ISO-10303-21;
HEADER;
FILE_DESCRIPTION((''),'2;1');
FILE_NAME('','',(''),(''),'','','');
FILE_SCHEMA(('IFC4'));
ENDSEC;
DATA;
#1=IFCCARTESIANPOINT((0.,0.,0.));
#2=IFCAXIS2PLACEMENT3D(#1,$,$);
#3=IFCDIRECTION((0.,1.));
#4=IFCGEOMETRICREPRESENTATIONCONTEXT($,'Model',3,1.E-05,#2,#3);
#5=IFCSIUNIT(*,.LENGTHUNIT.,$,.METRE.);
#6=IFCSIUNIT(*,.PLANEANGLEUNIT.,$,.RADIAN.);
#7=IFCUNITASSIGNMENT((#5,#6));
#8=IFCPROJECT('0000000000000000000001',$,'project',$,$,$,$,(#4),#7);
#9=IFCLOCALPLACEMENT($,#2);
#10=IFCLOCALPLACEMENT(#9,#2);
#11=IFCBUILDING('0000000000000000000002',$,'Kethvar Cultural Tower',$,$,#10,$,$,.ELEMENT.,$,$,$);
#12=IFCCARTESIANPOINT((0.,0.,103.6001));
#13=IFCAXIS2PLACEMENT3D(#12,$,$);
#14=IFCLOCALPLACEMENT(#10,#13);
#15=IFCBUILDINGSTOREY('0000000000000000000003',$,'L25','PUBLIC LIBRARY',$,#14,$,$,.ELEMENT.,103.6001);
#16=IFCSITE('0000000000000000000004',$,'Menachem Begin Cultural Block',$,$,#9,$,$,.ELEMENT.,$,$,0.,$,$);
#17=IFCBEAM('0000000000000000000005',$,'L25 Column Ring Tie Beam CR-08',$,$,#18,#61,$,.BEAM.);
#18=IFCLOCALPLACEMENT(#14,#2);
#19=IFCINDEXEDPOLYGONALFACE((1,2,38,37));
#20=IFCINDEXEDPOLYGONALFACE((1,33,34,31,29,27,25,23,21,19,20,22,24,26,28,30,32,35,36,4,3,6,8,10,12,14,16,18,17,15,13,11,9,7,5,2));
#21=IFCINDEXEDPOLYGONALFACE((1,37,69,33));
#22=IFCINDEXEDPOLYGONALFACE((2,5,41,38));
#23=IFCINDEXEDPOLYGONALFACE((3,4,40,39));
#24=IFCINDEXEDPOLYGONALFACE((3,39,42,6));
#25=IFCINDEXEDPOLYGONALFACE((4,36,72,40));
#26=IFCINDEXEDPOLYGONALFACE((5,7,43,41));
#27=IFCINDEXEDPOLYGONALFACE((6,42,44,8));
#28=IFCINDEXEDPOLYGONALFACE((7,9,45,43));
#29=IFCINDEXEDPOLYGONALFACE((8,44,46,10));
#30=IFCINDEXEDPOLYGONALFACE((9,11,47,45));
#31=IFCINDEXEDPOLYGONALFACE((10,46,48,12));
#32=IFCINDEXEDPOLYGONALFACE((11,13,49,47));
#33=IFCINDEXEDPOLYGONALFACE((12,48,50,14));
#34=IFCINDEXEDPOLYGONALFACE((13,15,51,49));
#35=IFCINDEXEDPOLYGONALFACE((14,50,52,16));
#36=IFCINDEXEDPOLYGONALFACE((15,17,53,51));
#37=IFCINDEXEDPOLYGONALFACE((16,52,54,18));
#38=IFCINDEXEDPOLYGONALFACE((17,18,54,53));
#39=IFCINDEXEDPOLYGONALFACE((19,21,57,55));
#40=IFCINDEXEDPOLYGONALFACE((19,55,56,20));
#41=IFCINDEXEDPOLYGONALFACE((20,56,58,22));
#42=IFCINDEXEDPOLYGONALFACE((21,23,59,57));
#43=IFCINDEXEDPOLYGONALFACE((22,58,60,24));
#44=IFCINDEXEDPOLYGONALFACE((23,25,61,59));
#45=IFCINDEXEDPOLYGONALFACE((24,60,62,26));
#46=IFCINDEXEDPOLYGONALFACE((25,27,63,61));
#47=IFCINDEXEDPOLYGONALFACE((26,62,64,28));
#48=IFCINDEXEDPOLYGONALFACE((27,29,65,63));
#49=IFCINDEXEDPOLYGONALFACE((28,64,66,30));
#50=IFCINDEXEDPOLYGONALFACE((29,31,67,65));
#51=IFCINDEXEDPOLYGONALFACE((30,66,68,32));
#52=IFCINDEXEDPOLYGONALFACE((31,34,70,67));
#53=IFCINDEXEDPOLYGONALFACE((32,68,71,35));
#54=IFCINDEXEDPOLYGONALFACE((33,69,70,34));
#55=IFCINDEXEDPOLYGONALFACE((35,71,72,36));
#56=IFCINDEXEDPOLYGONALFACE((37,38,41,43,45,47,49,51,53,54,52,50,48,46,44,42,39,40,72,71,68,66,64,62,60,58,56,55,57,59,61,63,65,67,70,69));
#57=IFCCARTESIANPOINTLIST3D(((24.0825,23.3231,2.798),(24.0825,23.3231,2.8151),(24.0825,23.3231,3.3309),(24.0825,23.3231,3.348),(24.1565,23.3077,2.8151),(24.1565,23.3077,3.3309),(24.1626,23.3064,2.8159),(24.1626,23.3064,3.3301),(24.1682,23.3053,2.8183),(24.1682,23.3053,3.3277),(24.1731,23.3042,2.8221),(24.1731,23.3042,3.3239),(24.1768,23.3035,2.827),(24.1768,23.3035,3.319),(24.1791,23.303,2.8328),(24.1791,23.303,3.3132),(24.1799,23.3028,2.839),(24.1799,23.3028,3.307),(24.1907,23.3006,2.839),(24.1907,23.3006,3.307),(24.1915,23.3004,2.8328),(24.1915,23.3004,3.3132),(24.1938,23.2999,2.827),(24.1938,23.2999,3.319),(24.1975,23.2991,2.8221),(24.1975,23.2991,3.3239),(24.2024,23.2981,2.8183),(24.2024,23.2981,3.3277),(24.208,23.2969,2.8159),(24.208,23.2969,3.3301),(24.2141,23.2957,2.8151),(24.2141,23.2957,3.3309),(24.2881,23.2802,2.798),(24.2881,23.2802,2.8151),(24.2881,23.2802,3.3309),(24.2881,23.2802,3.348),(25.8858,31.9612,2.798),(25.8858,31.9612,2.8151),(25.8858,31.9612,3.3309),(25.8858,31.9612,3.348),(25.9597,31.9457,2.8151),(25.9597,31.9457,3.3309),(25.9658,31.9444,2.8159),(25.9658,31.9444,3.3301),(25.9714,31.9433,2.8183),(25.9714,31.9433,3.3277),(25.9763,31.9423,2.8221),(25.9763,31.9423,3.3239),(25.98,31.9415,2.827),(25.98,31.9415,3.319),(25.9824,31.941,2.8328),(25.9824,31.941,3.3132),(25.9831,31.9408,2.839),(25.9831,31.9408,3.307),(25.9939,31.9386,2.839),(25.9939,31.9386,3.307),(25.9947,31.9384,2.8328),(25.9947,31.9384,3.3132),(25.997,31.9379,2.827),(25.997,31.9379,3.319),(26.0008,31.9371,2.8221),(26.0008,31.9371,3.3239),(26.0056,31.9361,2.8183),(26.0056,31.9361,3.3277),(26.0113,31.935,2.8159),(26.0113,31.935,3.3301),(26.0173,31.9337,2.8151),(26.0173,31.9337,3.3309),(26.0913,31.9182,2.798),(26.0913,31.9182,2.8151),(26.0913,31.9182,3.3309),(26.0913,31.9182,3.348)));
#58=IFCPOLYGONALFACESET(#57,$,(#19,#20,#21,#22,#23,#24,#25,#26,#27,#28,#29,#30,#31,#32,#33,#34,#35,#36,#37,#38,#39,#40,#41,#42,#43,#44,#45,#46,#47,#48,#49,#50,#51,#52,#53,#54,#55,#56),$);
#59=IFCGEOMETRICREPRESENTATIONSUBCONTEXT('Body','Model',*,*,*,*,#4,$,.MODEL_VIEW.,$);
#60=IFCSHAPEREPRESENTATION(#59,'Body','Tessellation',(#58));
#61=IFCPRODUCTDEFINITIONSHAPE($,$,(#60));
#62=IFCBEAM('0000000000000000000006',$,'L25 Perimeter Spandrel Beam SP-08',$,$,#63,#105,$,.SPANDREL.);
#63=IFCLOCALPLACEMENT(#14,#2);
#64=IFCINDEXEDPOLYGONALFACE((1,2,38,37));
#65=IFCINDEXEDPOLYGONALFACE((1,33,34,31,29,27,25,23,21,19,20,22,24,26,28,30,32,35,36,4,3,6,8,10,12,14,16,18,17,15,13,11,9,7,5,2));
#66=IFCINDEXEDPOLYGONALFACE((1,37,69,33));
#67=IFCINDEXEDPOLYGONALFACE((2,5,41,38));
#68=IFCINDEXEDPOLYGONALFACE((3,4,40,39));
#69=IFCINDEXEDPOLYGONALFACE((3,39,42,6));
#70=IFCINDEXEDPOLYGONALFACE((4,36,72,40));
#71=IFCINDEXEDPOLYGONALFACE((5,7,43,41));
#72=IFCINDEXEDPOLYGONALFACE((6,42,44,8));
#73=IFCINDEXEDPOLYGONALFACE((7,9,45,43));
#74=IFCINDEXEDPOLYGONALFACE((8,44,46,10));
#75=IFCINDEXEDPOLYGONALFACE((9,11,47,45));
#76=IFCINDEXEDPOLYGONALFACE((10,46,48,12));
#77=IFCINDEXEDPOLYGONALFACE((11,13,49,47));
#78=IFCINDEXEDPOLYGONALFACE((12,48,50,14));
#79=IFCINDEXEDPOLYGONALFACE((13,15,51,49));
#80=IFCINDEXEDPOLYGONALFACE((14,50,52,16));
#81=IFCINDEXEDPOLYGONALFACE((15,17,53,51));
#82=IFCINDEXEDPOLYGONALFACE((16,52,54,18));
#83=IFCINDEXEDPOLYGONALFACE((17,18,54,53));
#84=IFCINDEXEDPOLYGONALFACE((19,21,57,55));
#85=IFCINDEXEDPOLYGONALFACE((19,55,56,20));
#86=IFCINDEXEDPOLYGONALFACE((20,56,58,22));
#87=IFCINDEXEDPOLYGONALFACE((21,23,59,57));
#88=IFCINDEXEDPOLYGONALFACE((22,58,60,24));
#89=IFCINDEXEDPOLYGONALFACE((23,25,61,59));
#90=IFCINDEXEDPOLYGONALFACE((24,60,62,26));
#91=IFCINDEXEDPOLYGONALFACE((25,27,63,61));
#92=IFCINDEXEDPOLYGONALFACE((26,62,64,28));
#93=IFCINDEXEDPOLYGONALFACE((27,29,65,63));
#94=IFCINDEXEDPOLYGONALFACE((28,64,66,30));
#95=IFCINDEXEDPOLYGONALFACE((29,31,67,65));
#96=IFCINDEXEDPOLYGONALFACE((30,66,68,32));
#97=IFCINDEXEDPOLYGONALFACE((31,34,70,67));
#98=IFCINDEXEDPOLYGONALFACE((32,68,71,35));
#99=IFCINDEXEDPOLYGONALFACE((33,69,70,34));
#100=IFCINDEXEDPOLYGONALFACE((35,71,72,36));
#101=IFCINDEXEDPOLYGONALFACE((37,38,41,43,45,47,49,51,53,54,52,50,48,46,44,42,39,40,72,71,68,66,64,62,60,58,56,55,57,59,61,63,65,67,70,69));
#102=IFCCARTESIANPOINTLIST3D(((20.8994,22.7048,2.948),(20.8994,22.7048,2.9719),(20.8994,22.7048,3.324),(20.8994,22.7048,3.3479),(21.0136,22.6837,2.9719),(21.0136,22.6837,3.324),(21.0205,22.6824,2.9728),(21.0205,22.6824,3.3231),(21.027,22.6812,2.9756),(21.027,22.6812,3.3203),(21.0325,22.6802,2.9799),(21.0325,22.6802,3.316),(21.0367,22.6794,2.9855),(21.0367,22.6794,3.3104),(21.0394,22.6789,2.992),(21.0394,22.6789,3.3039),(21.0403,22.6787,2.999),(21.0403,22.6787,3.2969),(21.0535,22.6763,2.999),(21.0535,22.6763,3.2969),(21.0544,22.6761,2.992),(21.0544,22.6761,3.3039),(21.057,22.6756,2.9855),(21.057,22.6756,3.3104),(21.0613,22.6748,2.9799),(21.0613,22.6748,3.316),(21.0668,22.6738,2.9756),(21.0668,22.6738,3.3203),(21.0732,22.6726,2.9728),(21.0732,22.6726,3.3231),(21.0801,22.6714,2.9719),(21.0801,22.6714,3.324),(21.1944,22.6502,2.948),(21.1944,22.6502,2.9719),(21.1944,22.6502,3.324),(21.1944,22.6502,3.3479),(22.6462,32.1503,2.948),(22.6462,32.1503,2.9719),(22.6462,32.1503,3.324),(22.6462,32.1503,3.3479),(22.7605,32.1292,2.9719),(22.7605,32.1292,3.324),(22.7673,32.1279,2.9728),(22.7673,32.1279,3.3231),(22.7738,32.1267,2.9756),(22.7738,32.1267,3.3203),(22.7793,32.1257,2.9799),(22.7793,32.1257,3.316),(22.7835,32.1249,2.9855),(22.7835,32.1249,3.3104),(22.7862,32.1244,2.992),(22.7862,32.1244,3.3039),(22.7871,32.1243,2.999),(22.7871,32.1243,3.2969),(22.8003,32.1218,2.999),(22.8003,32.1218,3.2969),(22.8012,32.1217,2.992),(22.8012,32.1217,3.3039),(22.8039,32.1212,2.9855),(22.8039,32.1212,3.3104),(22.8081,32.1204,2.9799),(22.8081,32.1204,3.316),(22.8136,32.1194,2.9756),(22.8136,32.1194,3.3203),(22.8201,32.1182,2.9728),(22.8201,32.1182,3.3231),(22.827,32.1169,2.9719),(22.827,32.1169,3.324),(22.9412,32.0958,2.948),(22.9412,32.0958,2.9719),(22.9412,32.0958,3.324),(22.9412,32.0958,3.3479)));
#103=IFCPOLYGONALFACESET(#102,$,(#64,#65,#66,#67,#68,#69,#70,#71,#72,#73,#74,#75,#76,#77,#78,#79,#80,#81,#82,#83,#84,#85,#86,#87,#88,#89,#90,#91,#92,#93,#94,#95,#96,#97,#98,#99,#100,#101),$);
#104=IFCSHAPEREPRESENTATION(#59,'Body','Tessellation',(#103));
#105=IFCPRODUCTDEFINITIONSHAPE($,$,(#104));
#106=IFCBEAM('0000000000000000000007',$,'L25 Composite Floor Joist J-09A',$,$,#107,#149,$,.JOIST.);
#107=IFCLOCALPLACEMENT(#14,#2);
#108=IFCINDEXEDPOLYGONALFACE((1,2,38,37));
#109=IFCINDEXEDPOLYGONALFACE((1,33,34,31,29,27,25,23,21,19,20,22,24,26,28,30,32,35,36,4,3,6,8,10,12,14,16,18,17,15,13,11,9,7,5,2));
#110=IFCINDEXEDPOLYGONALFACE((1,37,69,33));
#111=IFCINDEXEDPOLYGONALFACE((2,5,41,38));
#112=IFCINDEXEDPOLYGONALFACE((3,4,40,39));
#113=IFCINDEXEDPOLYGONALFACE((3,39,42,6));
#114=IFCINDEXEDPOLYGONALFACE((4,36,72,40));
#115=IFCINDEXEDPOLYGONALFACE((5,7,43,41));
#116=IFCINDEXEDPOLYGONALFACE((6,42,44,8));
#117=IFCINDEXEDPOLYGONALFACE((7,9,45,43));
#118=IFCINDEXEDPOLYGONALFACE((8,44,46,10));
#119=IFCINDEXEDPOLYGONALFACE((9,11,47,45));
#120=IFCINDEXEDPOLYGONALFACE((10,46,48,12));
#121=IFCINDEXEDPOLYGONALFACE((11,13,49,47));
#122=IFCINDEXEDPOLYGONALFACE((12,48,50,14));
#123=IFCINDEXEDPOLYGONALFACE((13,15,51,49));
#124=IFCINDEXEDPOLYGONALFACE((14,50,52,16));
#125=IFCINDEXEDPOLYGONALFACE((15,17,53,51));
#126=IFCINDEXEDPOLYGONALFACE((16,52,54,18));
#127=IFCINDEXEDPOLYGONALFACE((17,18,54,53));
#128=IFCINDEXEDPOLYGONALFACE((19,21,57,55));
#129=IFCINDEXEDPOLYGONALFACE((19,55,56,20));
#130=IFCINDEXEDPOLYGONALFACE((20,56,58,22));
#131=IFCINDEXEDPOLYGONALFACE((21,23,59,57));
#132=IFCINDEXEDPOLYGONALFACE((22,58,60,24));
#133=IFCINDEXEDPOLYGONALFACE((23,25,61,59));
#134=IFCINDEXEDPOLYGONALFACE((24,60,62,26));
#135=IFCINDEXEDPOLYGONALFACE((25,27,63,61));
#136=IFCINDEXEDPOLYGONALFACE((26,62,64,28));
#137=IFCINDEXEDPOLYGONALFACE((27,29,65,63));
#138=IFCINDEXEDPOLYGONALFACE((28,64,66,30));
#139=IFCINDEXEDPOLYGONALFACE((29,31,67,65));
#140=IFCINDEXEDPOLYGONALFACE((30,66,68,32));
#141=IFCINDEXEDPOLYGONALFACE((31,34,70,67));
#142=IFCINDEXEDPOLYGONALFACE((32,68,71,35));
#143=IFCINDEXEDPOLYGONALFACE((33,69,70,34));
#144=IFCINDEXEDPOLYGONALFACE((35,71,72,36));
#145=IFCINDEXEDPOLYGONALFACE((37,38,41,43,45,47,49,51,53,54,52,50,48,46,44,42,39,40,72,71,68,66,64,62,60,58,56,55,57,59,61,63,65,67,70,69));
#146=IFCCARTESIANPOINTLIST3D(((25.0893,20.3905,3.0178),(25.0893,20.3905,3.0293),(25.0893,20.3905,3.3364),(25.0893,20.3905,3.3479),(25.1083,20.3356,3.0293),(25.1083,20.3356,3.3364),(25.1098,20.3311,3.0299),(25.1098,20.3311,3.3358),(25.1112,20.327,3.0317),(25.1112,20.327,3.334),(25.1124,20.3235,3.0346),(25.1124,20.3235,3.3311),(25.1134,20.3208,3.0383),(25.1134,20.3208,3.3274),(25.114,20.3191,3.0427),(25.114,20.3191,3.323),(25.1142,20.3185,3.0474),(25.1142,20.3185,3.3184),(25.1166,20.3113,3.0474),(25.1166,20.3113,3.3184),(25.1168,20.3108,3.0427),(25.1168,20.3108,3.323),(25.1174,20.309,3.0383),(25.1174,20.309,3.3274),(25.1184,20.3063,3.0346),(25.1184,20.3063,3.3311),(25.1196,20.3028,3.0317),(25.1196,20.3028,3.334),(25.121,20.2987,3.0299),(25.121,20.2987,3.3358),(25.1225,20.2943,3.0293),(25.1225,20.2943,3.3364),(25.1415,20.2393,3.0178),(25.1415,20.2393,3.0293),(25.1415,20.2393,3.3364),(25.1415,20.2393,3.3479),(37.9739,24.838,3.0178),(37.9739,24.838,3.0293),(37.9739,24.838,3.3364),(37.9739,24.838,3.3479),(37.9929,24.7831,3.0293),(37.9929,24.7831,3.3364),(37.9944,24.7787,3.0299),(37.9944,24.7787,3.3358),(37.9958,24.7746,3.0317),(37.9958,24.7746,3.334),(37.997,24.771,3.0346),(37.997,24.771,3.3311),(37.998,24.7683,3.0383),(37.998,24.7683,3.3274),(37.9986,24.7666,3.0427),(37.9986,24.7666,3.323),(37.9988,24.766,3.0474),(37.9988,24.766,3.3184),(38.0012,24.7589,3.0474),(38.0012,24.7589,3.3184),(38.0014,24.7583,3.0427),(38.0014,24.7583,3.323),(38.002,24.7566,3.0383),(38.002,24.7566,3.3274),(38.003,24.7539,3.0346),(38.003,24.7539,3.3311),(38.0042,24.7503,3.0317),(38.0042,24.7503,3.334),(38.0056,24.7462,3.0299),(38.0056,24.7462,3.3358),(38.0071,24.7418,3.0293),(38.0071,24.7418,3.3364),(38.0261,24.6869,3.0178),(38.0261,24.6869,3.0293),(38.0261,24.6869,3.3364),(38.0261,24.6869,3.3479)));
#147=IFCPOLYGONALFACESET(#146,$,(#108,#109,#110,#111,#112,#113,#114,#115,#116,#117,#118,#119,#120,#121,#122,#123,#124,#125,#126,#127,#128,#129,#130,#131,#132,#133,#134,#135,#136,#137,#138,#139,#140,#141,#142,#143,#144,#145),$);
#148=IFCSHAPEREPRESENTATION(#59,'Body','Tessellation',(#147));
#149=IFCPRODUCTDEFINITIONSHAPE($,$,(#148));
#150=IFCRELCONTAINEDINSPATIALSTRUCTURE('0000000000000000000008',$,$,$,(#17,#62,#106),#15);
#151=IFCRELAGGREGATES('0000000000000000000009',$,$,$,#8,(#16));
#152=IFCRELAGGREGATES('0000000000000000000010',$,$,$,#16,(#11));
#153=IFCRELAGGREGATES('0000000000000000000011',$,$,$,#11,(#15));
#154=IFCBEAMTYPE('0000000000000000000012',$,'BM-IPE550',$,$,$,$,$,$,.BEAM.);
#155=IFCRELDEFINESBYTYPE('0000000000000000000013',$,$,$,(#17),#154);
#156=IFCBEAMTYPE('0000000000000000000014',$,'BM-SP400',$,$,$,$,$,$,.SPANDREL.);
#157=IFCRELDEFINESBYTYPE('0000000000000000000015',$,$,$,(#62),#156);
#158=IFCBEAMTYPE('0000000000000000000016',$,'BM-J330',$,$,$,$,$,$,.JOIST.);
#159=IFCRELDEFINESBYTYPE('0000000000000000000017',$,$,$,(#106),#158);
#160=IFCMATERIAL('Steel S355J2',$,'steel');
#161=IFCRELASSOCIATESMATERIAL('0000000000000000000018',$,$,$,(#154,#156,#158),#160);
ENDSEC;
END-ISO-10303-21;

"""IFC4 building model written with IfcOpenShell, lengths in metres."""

from ifc_helpers import new_model, si_unit, direction, frame, origin, origin_2d, place, context, subcontext, project, spatial, i_section, extrude, source, transform, mapped, material, material_profile, profile_set, type_object, element, save


model = new_model("IFC4")

# Units and contexts
model_context = context("Model", 3, precision=1e-05, world=origin(), true_north=direction((0.0, 1.0)))
body_context = subcontext(model_context, "Body", "Model", "MODEL_VIEW")
ifc_project = project(units=[si_unit("LENGTHUNIT", "METRE"), si_unit("PLANEANGLEUNIT", "RADIAN")], contexts=[model_context])

# Site, building, storey
site_placement = place(None, origin())
site = spatial("IfcSite", under=ifc_project, at=site_placement, Name="Menachem Begin Cultural Block", CompositionType="ELEMENT", RefElevation=0.0)
building_placement = place(site_placement, origin())
building = spatial("IfcBuilding", under=site, at=building_placement, Name="Kethvar Cultural Tower", CompositionType="ELEMENT")
storey_placement = place(building_placement, frame((0.0, 0.0, 103.6001)))
storey = spatial("IfcBuildingStorey", under=building, at=storey_placement, Name="L25", Description="PUBLIC LIBRARY", CompositionType="ELEMENT", Elevation=103.6001)

# Beams
ifc_material_1 = material(Name="Steel S355J2", Category="steel")
ifc_material_profile_1 = material_profile(ifc_material_1, i_section(OverallWidth=0.21, OverallDepth=0.55, WebThickness=0.011, FlangeThickness=0.0171, FilletRadius=0.0239, at=origin_2d()), Name="Steel S355J2 — IPE550")
ifc_profile_set_1 = profile_set([ifc_material_profile_1], Name="Steel S355J2 — IPE550")
beam_type_1 = type_object("IfcBeamType", Name="BM-IPE550", PredefinedType="BEAM", material=ifc_profile_set_1)
shared_shape_1 = source(origin(), body_context, "Body", "SweptSolid", [
    extrude(i_section(OverallWidth=0.21, OverallDepth=0.55, WebThickness=0.011, FlangeThickness=0.0171, FilletRadius=0.0239, at=origin_2d()), origin(), (0.0, 0.0, 1.0), 8.8242),
])
beam_1_placement = place(storey_placement, frame((25.9885, 31.9397, 3.073), z_axis=(-0.204351, -0.978898, 0.0), x_axis=(0.978898, -0.204351, 0.0)))
element("IfcBeam", 1, at=beam_1_placement, inside=storey, type_object=beam_type_1, Name="L25 Column Ring Tie Beam CR-08", PredefinedType="BEAM", context=body_context, shape_type="MappedRepresentation", body=[
    mapped(shared_shape_1, transform((0.0, 0.0, 0.0), scale=1.0)),
])
ifc_material_profile_2 = material_profile(ifc_material_1, i_section(OverallWidth=0.3, OverallDepth=0.3999, WebThickness=0.0134, FlangeThickness=0.0239, FilletRadius=0.0271, at=origin_2d()), Name="Steel S355J2 — HEB400")
ifc_profile_set_2 = profile_set([ifc_material_profile_2], Name="Steel S355J2 — HEB400")
beam_type_2 = type_object("IfcBeamType", Name="BM-SP400", PredefinedType="SPANDREL", material=ifc_profile_set_2)
shared_shape_2 = source(origin(), body_context, "Body", "SweptSolid", [
    extrude(i_section(OverallWidth=0.3, OverallDepth=0.3999, WebThickness=0.0134, FlangeThickness=0.0239, FilletRadius=0.0271, at=origin_2d()), origin(), (0.0, 0.0, 1.0), 9.6057),
])
beam_2_placement = place(storey_placement, frame((22.7937, 32.123, 3.1479), z_axis=(-0.181853, -0.983326, 0.0), x_axis=(0.983326, -0.181853, 0.0)))
element("IfcBeam", 2, at=beam_2_placement, inside=storey, type_object=beam_type_2, Name="L25 Perimeter Spandrel Beam SP-08", PredefinedType="SPANDREL", context=body_context, shape_type="MappedRepresentation", body=[
    mapped(shared_shape_2, transform((0.0, 0.0, 0.0), scale=1.0)),
])
ifc_material_profile_3 = material_profile(ifc_material_1, i_section(OverallWidth=0.1599, OverallDepth=0.3301, WebThickness=0.0076, FlangeThickness=0.0115, FilletRadius=0.0181, at=origin_2d()), Name="Steel S355J2 — IPE330")
ifc_profile_set_3 = profile_set([ifc_material_profile_3], Name="Steel S355J2 — IPE330")
beam_type_3 = type_object("IfcBeamType", Name="BM-J330", PredefinedType="JOIST", material=ifc_profile_set_3)
shared_shape_3 = source(origin(), body_context, "Body", "SweptSolid", [
    extrude(i_section(OverallWidth=0.1599, OverallDepth=0.3301, WebThickness=0.0076, FlangeThickness=0.0115, FilletRadius=0.0181, at=origin_2d()), origin(), (0.0, 0.0, 1.0), 13.6306),
])
beam_3_placement = place(storey_placement, frame((38.0, 24.7625, 3.1829), z_axis=(-0.94527, -0.32629, 0.0), x_axis=(0.32629, -0.94527, 0.0)))
element("IfcBeam", 3, at=beam_3_placement, inside=storey, type_object=beam_type_3, Name="L25 Composite Floor Joist J-09A", PredefinedType="JOIST", context=body_context, shape_type="MappedRepresentation", body=[
    mapped(shared_shape_3, transform((0.0, 0.0, 0.0), scale=1.0)),
])

save(model, "model.ifc")
